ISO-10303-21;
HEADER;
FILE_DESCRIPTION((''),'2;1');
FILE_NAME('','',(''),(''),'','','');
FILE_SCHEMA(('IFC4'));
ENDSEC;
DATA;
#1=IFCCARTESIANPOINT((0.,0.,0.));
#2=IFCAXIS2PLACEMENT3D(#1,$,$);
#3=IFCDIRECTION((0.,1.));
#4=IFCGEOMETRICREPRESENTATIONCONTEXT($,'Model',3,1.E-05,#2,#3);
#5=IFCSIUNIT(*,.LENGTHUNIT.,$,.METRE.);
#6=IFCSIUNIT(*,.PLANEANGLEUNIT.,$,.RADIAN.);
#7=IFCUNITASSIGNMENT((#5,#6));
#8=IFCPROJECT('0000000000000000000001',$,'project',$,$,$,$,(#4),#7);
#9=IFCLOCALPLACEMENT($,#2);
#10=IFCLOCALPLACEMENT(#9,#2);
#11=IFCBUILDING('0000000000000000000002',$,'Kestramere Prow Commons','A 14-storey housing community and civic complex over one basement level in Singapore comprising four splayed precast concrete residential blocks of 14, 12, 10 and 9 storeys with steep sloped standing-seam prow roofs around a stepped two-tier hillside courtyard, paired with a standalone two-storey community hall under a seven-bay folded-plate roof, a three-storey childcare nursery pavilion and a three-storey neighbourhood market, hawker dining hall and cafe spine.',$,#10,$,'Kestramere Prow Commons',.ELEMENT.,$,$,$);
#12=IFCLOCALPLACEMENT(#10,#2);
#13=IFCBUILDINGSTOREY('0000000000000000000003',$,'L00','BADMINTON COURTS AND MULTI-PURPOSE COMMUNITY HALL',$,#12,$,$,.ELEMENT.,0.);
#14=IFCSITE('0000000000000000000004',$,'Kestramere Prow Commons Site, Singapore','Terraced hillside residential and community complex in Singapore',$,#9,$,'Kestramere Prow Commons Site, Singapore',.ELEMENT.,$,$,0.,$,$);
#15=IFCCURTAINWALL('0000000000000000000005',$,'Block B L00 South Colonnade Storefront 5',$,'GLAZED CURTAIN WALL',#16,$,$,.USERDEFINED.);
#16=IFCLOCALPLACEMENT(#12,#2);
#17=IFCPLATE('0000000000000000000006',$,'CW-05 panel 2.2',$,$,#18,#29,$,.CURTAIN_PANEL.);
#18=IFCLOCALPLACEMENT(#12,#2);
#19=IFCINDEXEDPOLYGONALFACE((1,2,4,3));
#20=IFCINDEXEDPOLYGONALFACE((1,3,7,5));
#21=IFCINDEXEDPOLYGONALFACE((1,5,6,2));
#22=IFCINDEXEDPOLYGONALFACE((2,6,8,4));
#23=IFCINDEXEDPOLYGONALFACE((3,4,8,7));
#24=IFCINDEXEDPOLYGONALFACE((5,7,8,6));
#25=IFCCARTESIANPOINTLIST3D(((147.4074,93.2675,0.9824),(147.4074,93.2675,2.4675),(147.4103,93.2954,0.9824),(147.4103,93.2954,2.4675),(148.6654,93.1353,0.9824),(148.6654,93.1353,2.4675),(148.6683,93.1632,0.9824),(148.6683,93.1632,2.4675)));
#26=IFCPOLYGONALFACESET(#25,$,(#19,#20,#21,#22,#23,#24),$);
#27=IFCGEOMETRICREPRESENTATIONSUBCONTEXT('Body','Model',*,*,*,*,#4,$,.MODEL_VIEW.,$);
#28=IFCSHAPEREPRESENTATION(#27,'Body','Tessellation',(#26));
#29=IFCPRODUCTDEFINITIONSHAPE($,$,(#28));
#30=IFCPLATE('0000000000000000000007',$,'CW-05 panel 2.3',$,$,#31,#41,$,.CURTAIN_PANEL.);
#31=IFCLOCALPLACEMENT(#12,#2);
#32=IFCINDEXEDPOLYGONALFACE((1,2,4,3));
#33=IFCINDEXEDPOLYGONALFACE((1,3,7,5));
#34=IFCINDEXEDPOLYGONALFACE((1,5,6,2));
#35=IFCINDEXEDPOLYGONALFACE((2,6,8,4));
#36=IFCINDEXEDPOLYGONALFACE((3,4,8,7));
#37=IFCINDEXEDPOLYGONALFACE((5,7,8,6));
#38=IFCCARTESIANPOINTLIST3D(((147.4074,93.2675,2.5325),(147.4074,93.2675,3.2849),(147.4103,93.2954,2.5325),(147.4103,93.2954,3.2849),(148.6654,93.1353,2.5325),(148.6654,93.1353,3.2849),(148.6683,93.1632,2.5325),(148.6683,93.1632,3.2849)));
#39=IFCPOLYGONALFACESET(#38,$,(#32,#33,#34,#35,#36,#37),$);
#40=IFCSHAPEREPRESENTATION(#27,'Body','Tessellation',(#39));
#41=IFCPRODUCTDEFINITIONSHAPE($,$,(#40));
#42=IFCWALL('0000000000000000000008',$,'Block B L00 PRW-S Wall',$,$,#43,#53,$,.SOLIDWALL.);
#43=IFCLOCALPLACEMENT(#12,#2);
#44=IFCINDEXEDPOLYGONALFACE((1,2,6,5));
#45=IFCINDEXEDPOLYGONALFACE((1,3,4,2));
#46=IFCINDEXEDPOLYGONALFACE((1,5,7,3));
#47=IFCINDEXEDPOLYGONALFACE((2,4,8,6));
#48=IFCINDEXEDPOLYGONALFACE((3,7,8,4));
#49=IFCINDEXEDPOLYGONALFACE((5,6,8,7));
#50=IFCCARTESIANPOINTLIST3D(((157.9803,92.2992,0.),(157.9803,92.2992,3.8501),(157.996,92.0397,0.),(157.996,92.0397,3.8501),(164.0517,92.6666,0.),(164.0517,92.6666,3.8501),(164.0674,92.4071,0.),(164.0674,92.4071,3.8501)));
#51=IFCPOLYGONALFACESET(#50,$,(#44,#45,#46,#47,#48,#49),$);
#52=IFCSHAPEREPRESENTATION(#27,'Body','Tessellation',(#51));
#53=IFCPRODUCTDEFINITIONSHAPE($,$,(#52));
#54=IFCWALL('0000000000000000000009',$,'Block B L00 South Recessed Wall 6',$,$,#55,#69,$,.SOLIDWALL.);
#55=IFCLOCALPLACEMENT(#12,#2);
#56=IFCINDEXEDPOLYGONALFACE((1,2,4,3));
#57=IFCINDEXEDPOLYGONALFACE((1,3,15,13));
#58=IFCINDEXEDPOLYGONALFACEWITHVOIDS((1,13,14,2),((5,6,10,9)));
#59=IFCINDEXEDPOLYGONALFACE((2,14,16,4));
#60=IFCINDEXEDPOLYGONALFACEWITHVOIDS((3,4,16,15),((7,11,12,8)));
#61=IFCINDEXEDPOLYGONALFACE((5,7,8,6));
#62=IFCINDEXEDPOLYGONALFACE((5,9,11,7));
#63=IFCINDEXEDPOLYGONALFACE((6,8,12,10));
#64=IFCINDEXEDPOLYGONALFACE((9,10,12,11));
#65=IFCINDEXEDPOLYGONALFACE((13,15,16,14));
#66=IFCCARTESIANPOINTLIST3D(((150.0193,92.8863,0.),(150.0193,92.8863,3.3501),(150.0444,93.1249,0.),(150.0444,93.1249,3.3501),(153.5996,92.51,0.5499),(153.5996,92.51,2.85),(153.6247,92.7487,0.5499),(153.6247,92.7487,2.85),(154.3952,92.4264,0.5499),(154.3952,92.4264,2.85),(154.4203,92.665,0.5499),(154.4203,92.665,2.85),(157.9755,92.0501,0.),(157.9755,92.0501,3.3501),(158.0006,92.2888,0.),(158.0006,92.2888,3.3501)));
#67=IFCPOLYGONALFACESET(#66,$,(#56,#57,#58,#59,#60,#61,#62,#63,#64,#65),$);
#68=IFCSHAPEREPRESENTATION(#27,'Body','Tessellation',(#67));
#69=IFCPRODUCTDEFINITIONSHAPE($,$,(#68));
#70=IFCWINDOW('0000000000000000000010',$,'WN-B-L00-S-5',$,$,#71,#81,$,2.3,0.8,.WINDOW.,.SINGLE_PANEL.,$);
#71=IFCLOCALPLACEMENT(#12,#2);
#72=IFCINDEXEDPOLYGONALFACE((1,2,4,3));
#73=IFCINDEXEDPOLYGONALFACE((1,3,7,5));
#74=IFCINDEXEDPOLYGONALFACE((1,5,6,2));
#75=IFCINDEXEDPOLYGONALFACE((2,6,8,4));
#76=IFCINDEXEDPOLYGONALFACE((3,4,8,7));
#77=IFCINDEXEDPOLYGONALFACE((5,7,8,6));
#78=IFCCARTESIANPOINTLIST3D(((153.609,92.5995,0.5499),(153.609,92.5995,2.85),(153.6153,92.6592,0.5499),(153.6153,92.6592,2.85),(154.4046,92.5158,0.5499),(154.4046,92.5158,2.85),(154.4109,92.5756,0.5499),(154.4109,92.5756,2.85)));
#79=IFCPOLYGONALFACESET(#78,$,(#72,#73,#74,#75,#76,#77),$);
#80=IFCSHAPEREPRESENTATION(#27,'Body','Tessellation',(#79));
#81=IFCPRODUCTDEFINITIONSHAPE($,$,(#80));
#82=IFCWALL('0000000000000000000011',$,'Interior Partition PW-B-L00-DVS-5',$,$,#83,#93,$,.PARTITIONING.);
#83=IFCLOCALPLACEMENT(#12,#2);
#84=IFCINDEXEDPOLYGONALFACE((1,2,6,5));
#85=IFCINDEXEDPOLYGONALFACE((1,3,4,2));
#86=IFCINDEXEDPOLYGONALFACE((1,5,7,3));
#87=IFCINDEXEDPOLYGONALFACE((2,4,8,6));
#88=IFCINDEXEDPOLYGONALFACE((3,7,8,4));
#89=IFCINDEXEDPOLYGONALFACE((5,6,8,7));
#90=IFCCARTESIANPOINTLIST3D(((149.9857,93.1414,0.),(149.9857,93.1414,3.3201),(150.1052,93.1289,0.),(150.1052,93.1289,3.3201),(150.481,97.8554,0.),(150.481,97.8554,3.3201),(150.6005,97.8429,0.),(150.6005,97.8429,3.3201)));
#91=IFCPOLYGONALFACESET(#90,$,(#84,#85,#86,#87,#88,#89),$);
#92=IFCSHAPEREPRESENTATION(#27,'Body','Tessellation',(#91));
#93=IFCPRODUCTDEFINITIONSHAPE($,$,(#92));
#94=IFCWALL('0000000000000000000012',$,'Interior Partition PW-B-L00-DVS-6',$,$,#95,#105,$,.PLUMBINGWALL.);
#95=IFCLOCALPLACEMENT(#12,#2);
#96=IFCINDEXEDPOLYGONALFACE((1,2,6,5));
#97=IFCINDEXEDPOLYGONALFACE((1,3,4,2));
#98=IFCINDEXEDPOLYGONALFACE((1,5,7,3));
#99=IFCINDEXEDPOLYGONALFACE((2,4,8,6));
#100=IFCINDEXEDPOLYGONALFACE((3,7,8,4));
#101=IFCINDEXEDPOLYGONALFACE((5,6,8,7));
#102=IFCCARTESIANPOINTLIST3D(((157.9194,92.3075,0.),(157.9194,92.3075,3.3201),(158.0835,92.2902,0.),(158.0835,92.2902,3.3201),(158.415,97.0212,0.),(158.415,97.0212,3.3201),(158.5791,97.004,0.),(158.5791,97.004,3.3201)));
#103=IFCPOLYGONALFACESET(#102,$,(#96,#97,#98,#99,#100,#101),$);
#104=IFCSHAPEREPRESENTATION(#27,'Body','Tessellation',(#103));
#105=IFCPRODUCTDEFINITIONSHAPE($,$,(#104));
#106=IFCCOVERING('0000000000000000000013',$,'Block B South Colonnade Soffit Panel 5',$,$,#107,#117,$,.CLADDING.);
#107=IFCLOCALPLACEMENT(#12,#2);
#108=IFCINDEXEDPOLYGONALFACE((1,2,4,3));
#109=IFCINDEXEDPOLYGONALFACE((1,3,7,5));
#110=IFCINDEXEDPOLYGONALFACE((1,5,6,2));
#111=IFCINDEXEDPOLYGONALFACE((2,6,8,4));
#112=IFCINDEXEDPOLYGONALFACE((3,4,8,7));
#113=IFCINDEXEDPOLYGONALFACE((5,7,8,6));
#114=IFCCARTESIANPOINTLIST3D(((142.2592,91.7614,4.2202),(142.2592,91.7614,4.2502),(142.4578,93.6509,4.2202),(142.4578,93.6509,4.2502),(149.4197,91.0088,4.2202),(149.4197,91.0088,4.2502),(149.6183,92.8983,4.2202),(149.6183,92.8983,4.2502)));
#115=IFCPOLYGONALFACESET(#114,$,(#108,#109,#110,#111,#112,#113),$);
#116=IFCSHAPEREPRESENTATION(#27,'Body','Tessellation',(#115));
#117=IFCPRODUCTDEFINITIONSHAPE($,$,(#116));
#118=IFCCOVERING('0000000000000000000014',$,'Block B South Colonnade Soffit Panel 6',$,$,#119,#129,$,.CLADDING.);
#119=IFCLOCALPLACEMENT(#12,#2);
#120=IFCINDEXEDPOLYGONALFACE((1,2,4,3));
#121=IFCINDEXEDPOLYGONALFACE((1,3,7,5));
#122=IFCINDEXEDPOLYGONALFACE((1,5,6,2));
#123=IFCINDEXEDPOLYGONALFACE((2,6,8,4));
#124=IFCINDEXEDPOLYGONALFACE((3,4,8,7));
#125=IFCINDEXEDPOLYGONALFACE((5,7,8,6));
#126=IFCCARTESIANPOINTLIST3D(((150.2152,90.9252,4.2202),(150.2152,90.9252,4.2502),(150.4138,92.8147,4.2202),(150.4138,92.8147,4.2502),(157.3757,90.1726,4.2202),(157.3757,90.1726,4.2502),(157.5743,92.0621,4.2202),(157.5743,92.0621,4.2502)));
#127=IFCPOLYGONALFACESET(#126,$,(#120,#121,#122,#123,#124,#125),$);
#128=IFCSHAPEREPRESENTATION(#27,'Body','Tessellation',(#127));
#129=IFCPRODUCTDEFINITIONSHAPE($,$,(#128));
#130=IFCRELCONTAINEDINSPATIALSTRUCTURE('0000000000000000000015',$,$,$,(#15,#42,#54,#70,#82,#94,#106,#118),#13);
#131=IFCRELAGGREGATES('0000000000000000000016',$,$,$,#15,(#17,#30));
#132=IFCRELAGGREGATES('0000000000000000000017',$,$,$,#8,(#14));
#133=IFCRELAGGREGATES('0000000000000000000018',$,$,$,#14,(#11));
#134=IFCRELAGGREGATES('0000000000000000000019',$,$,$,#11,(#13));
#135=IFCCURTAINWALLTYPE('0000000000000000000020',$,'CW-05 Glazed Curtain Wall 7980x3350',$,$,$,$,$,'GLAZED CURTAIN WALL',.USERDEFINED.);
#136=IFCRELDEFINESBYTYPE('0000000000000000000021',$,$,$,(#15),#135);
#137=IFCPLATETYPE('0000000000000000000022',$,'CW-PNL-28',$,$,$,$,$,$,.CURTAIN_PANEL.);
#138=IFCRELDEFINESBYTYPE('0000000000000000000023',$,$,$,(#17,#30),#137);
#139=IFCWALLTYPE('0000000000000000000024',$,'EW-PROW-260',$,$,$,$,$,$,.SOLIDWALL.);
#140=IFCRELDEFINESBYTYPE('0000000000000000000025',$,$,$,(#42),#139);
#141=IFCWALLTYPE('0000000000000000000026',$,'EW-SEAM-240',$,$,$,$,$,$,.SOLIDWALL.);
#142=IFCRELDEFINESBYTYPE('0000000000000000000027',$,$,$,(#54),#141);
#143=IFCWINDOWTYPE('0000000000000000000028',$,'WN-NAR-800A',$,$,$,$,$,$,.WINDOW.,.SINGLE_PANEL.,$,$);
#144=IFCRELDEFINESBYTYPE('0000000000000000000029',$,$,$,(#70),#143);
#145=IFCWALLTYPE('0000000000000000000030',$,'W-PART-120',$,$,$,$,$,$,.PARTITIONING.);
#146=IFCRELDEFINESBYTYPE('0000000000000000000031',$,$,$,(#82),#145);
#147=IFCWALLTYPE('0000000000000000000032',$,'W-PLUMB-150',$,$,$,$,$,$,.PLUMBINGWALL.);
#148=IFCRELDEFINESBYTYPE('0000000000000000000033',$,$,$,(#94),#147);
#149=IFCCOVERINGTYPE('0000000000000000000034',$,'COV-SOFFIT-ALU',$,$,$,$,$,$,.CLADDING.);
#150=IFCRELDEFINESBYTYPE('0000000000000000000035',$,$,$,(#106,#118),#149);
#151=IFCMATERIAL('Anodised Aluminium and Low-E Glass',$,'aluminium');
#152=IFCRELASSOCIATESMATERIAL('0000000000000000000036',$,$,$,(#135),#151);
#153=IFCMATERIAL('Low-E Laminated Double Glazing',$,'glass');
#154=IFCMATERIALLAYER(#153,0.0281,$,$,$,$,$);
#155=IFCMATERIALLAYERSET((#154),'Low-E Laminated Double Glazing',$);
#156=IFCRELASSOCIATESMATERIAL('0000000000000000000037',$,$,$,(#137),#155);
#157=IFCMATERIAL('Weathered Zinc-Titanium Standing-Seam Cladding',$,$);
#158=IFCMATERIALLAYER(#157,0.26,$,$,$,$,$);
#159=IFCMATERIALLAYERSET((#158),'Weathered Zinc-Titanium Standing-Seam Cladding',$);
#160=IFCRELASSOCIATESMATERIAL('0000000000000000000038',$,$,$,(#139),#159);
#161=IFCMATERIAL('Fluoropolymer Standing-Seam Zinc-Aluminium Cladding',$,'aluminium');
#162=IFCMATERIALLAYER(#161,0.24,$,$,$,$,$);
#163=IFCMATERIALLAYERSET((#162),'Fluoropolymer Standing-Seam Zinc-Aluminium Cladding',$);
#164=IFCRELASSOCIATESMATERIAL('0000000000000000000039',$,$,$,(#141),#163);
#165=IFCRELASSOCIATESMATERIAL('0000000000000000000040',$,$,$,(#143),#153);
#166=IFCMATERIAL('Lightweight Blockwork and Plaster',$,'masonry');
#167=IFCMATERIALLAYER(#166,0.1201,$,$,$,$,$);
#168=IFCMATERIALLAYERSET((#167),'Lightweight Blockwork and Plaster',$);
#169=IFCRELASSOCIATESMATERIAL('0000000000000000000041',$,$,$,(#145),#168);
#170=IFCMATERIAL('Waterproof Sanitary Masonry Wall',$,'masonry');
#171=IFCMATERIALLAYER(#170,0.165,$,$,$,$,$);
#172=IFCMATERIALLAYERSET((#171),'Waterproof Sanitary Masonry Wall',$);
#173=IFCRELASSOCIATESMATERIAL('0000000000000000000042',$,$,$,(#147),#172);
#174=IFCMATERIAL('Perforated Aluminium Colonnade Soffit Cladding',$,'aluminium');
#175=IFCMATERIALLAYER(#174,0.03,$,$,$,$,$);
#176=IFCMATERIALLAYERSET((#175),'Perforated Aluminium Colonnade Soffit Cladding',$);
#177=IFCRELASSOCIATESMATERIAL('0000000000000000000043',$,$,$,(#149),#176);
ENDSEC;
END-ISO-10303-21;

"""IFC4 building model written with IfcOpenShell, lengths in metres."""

from ifc_helpers import new_model, si_unit, direction, frame, frame_2d, origin, origin_2d, place, context, subcontext, project, spatial, rectangle, extrude, material, layer, layer_set, type_object, element, fill, aggregate, save


model = new_model("IFC4")

# Units and contexts
model_context = context("Model", 3, precision=1e-05, world=origin(), true_north=direction((0.0, 1.0)))
body_context = subcontext(model_context, "Body", "Model", "MODEL_VIEW")
ifc_project = project(units=[si_unit("LENGTHUNIT", "METRE"), si_unit("PLANEANGLEUNIT", "RADIAN")], contexts=[model_context])

# Site, building, storey
site_placement = place(None, origin())
site = spatial("IfcSite", under=ifc_project, at=site_placement, Name="Kestramere Prow Commons Site, Singapore", Description="Terraced hillside residential and community complex in Singapore", LongName="Kestramere Prow Commons Site, Singapore", CompositionType="ELEMENT", RefElevation=0.0)
building_placement = place(site_placement, origin())
building = spatial("IfcBuilding", under=site, at=building_placement, Name="Kestramere Prow Commons", Description="A 14-storey housing community and civic complex over one basement level in Singapore comprising four splayed precast concrete residential blocks of 14, 12, 10 and 9 storeys with steep sloped standing-seam prow roofs around a stepped two-tier hillside courtyard, paired with a standalone two-storey community hall under a seven-bay folded-plate roof, a three-storey childcare nursery pavilion and a three-storey neighbourhood market, hawker dining hall and cafe spine.", LongName="Kestramere Prow Commons", CompositionType="ELEMENT")
storey_placement = place(building_placement, origin())
storey = spatial("IfcBuildingStorey", under=building, at=storey_placement, Name="L00", Description="BADMINTON COURTS AND MULTI-PURPOSE COMMUNITY HALL", CompositionType="ELEMENT", Elevation=0.0)

# Curtain wall
ifc_material_1 = material(Name="Anodised Aluminium and Low-E Glass", Category="aluminium")
curtain_wall_type = type_object("IfcCurtainWallType", Name="CW-05 Glazed Curtain Wall 7980x3350", ElementType="GLAZED CURTAIN WALL", PredefinedType="USERDEFINED", material=ifc_material_1)
curtain_wall_placement = place(storey_placement, origin())
curtain_wall = element("IfcCurtainWall", 1, at=curtain_wall_placement, inside=storey, type_object=curtain_wall_type, Name="Block B L00 South Colonnade Storefront 5", ObjectType="GLAZED CURTAIN WALL", PredefinedType="USERDEFINED")

# Plates
ifc_material_2 = material(Name="Low-E Laminated Double Glazing", Category="glass")
ifc_layer_1 = layer(ifc_material_2, 0.0281)
ifc_layer_set_1 = layer_set([ifc_layer_1], Name="Low-E Laminated Double Glazing")
plate_type = type_object("IfcPlateType", Name="CW-PNL-28", PredefinedType="CURTAIN_PANEL", material=ifc_layer_set_1)
plate_1_placement = place(storey_placement, frame((148.0378, 93.2153, 0.9824), z_axis=(0.0, 0.0, 1.0), x_axis=(-0.994522, 0.104528, 0.0)))
plate_1 = element("IfcPlate", 2, at=plate_1_placement, type_object=plate_type, Name="CW-05 panel 2.2", PredefinedType="CURTAIN_PANEL", context=body_context, shape_type="SweptSolid", body=[
    extrude(rectangle(XDim=1.2649, YDim=0.0281, at=origin_2d()), origin(), (0.0, 0.0, 1.0), 1.4851),
])
plate_2_placement = place(storey_placement, frame((148.0378, 93.2153, 2.5325), z_axis=(0.0, 0.0, 1.0), x_axis=(-0.994522, 0.104528, 0.0)))
plate_2 = element("IfcPlate", 3, at=plate_2_placement, type_object=plate_type, Name="CW-05 panel 2.3", PredefinedType="CURTAIN_PANEL", context=body_context, shape_type="SweptSolid", body=[
    extrude(rectangle(XDim=1.2649, YDim=0.0281, at=origin_2d()), origin(), (0.0, 0.0, 1.0), 0.7524),
])
aggregate(curtain_wall, [plate_1, plate_2])

# Wall
ifc_material_3 = material(Name="Weathered Zinc-Titanium Standing-Seam Cladding")
ifc_layer_2 = layer(ifc_material_3, 0.26)
ifc_layer_set_2 = layer_set([ifc_layer_2], Name="Weathered Zinc-Titanium Standing-Seam Cladding")
wall_type_1 = type_object("IfcWallType", Name="EW-PROW-260", PredefinedType="SOLIDWALL", material=ifc_layer_set_2)
wall_1_placement = place(storey_placement, frame((164.0596, 92.5369, 0.0), z_axis=(0.0, 0.0, 1.0), x_axis=(-0.998174, -0.060407, 0.0)))
element("IfcWall", 4, at=wall_1_placement, inside=storey, type_object=wall_type_1, Name="Block B L00 PRW-S Wall", PredefinedType="SOLIDWALL", context=body_context, shape_type="SweptSolid", body=[
    extrude(rectangle(XDim=6.0825, YDim=0.26, at=frame_2d((3.0413, 0.0))), origin(), (0.0, 0.0, 1.0), 3.8501),
])

# Wall, opening, window
ifc_material_4 = material(Name="Fluoropolymer Standing-Seam Zinc-Aluminium Cladding", Category="aluminium")
ifc_layer_3 = layer(ifc_material_4, 0.24)
ifc_layer_set_3 = layer_set([ifc_layer_3], Name="Fluoropolymer Standing-Seam Zinc-Aluminium Cladding")
wall_type_2 = type_object("IfcWallType", Name="EW-SEAM-240", PredefinedType="SOLIDWALL", material=ifc_layer_set_3)
wall_2_placement = place(storey_placement, frame((157.988, 92.1694, 0.0), z_axis=(0.0, 0.0, 1.0), x_axis=(-0.994523, 0.104521, 0.0)))
wall_2 = element("IfcWall", 5, at=wall_2_placement, inside=storey, type_object=wall_type_2, Name="Block B L00 South Recessed Wall 6", PredefinedType="SOLIDWALL", context=body_context, shape_type="SweptSolid", body=[
    extrude(rectangle(XDim=8.0, YDim=0.24, at=frame_2d((4.0, 0.0))), origin(), (0.0, 0.0, 1.0), 3.3501),
])
opening_placement = place(wall_2_placement, frame((3.6001, 0.0, 0.55)))
opening = element("IfcOpeningElement", 6, at=opening_placement, cuts=wall_2, PredefinedType="OPENING", context=body_context, shape_type="SweptSolid", body=[
    extrude(rectangle(XDim=0.8, YDim=2.3, at=frame_2d((0.3999, 1.1499))), frame((0.0, 0.135, 0.0), z_axis=(0.0, -1.0, 0.0), x_axis=(1.0, 0.0, 0.0)), (0.0, 0.0, 1.0), 0.27),
])
window_type = type_object("IfcWindowType", Name="WN-NAR-800A", PartitioningType="SINGLE_PANEL", PredefinedType="WINDOW", material=ifc_material_2)
window_placement = place(opening_placement, origin())
window = element("IfcWindow", 7, at=window_placement, inside=storey, type_object=window_type, Name="WN-B-L00-S-5", OverallHeight=2.3, OverallWidth=0.8, PartitioningType="SINGLE_PANEL", PredefinedType="WINDOW", context=body_context, shape_type="SweptSolid", body=[
    extrude(rectangle(XDim=0.8, YDim=2.3, at=frame_2d((0.3999, 1.1499))), frame((0.0, 0.03, 0.0), z_axis=(0.0, -1.0, 0.0), x_axis=(1.0, 0.0, 0.0)), (0.0, 0.0, 1.0), 0.0601),
])
fill(opening, window)

# Walls
ifc_material_5 = material(Name="Lightweight Blockwork and Plaster", Category="masonry")
ifc_layer_4 = layer(ifc_material_5, 0.1201)
ifc_layer_set_4 = layer_set([ifc_layer_4], Name="Lightweight Blockwork and Plaster")
wall_type_3 = type_object("IfcWallType", Name="W-PART-120", PredefinedType="PARTITIONING", material=ifc_layer_set_4)
wall_3_placement = place(storey_placement, frame((150.0454, 93.135, 0.0), z_axis=(0.0, 0.0, 1.0), x_axis=(0.104505, 0.994524, 0.0)))
element("IfcWall", 8, at=wall_3_placement, inside=storey, type_object=wall_type_3, Name="Interior Partition PW-B-L00-DVS-5", PredefinedType="PARTITIONING", context=body_context, shape_type="SweptSolid", body=[
    extrude(rectangle(XDim=4.74, YDim=0.1201, at=frame_2d((2.3701, 0.0))), origin(), (0.0, 0.0, 1.0), 3.3201),
])
ifc_material_6 = material(Name="Waterproof Sanitary Masonry Wall", Category="masonry")
ifc_layer_5 = layer(ifc_material_6, 0.165)
ifc_layer_set_5 = layer_set([ifc_layer_5], Name="Waterproof Sanitary Masonry Wall")
wall_type_4 = type_object("IfcWallType", Name="W-PLUMB-150", PredefinedType="PLUMBINGWALL", material=ifc_layer_set_5)
wall_4_placement = place(storey_placement, frame((158.0015, 92.2988, 0.0), z_axis=(0.0, 0.0, 1.0), x_axis=(0.104561, 0.994518, 0.0)))
element("IfcWall", 9, at=wall_4_placement, inside=storey, type_object=wall_type_4, Name="Interior Partition PW-B-L00-DVS-6", PredefinedType="PLUMBINGWALL", context=body_context, shape_type="SweptSolid", body=[
    extrude(rectangle(XDim=4.7397, YDim=0.165, at=frame_2d((2.3699, 0.0))), origin(), (0.0, 0.0, 1.0), 3.3201),
])

# Coverings
ifc_material_7 = material(Name="Perforated Aluminium Colonnade Soffit Cladding", Category="aluminium")
ifc_layer_6 = layer(ifc_material_7, 0.03)
ifc_layer_set_6 = layer_set([ifc_layer_6], Name="Perforated Aluminium Colonnade Soffit Cladding")
covering_type = type_object("IfcCoveringType", Name="COV-SOFFIT-ALU", PredefinedType="CLADDING", material=ifc_layer_set_6)
for number, where, z_axis, x_axis, name in (
    (10, (145.9387, 92.3298, 4.2202), (0.0, 0.0, 1.0), (0.994522, -0.104528, 0.0), "Block B South Colonnade Soffit Panel 5"),
    (11, (153.8948, 91.4937, 4.2202), (0.0, 0.0, 1.0), (0.994522, -0.104528, 0.0), "Block B South Colonnade Soffit Panel 6"),
):
    element("IfcCovering", number, at=place(storey_placement, frame(where, z_axis=z_axis, x_axis=x_axis)), inside=storey, type_object=covering_type, Name=name, PredefinedType="CLADDING", context=body_context, shape_type="SweptSolid", body=[
        extrude(rectangle(XDim=7.2, YDim=1.8999, at=origin_2d()), origin(), (0.0, 0.0, 1.0), 0.03),
    ])

save(model, "model.ifc")
